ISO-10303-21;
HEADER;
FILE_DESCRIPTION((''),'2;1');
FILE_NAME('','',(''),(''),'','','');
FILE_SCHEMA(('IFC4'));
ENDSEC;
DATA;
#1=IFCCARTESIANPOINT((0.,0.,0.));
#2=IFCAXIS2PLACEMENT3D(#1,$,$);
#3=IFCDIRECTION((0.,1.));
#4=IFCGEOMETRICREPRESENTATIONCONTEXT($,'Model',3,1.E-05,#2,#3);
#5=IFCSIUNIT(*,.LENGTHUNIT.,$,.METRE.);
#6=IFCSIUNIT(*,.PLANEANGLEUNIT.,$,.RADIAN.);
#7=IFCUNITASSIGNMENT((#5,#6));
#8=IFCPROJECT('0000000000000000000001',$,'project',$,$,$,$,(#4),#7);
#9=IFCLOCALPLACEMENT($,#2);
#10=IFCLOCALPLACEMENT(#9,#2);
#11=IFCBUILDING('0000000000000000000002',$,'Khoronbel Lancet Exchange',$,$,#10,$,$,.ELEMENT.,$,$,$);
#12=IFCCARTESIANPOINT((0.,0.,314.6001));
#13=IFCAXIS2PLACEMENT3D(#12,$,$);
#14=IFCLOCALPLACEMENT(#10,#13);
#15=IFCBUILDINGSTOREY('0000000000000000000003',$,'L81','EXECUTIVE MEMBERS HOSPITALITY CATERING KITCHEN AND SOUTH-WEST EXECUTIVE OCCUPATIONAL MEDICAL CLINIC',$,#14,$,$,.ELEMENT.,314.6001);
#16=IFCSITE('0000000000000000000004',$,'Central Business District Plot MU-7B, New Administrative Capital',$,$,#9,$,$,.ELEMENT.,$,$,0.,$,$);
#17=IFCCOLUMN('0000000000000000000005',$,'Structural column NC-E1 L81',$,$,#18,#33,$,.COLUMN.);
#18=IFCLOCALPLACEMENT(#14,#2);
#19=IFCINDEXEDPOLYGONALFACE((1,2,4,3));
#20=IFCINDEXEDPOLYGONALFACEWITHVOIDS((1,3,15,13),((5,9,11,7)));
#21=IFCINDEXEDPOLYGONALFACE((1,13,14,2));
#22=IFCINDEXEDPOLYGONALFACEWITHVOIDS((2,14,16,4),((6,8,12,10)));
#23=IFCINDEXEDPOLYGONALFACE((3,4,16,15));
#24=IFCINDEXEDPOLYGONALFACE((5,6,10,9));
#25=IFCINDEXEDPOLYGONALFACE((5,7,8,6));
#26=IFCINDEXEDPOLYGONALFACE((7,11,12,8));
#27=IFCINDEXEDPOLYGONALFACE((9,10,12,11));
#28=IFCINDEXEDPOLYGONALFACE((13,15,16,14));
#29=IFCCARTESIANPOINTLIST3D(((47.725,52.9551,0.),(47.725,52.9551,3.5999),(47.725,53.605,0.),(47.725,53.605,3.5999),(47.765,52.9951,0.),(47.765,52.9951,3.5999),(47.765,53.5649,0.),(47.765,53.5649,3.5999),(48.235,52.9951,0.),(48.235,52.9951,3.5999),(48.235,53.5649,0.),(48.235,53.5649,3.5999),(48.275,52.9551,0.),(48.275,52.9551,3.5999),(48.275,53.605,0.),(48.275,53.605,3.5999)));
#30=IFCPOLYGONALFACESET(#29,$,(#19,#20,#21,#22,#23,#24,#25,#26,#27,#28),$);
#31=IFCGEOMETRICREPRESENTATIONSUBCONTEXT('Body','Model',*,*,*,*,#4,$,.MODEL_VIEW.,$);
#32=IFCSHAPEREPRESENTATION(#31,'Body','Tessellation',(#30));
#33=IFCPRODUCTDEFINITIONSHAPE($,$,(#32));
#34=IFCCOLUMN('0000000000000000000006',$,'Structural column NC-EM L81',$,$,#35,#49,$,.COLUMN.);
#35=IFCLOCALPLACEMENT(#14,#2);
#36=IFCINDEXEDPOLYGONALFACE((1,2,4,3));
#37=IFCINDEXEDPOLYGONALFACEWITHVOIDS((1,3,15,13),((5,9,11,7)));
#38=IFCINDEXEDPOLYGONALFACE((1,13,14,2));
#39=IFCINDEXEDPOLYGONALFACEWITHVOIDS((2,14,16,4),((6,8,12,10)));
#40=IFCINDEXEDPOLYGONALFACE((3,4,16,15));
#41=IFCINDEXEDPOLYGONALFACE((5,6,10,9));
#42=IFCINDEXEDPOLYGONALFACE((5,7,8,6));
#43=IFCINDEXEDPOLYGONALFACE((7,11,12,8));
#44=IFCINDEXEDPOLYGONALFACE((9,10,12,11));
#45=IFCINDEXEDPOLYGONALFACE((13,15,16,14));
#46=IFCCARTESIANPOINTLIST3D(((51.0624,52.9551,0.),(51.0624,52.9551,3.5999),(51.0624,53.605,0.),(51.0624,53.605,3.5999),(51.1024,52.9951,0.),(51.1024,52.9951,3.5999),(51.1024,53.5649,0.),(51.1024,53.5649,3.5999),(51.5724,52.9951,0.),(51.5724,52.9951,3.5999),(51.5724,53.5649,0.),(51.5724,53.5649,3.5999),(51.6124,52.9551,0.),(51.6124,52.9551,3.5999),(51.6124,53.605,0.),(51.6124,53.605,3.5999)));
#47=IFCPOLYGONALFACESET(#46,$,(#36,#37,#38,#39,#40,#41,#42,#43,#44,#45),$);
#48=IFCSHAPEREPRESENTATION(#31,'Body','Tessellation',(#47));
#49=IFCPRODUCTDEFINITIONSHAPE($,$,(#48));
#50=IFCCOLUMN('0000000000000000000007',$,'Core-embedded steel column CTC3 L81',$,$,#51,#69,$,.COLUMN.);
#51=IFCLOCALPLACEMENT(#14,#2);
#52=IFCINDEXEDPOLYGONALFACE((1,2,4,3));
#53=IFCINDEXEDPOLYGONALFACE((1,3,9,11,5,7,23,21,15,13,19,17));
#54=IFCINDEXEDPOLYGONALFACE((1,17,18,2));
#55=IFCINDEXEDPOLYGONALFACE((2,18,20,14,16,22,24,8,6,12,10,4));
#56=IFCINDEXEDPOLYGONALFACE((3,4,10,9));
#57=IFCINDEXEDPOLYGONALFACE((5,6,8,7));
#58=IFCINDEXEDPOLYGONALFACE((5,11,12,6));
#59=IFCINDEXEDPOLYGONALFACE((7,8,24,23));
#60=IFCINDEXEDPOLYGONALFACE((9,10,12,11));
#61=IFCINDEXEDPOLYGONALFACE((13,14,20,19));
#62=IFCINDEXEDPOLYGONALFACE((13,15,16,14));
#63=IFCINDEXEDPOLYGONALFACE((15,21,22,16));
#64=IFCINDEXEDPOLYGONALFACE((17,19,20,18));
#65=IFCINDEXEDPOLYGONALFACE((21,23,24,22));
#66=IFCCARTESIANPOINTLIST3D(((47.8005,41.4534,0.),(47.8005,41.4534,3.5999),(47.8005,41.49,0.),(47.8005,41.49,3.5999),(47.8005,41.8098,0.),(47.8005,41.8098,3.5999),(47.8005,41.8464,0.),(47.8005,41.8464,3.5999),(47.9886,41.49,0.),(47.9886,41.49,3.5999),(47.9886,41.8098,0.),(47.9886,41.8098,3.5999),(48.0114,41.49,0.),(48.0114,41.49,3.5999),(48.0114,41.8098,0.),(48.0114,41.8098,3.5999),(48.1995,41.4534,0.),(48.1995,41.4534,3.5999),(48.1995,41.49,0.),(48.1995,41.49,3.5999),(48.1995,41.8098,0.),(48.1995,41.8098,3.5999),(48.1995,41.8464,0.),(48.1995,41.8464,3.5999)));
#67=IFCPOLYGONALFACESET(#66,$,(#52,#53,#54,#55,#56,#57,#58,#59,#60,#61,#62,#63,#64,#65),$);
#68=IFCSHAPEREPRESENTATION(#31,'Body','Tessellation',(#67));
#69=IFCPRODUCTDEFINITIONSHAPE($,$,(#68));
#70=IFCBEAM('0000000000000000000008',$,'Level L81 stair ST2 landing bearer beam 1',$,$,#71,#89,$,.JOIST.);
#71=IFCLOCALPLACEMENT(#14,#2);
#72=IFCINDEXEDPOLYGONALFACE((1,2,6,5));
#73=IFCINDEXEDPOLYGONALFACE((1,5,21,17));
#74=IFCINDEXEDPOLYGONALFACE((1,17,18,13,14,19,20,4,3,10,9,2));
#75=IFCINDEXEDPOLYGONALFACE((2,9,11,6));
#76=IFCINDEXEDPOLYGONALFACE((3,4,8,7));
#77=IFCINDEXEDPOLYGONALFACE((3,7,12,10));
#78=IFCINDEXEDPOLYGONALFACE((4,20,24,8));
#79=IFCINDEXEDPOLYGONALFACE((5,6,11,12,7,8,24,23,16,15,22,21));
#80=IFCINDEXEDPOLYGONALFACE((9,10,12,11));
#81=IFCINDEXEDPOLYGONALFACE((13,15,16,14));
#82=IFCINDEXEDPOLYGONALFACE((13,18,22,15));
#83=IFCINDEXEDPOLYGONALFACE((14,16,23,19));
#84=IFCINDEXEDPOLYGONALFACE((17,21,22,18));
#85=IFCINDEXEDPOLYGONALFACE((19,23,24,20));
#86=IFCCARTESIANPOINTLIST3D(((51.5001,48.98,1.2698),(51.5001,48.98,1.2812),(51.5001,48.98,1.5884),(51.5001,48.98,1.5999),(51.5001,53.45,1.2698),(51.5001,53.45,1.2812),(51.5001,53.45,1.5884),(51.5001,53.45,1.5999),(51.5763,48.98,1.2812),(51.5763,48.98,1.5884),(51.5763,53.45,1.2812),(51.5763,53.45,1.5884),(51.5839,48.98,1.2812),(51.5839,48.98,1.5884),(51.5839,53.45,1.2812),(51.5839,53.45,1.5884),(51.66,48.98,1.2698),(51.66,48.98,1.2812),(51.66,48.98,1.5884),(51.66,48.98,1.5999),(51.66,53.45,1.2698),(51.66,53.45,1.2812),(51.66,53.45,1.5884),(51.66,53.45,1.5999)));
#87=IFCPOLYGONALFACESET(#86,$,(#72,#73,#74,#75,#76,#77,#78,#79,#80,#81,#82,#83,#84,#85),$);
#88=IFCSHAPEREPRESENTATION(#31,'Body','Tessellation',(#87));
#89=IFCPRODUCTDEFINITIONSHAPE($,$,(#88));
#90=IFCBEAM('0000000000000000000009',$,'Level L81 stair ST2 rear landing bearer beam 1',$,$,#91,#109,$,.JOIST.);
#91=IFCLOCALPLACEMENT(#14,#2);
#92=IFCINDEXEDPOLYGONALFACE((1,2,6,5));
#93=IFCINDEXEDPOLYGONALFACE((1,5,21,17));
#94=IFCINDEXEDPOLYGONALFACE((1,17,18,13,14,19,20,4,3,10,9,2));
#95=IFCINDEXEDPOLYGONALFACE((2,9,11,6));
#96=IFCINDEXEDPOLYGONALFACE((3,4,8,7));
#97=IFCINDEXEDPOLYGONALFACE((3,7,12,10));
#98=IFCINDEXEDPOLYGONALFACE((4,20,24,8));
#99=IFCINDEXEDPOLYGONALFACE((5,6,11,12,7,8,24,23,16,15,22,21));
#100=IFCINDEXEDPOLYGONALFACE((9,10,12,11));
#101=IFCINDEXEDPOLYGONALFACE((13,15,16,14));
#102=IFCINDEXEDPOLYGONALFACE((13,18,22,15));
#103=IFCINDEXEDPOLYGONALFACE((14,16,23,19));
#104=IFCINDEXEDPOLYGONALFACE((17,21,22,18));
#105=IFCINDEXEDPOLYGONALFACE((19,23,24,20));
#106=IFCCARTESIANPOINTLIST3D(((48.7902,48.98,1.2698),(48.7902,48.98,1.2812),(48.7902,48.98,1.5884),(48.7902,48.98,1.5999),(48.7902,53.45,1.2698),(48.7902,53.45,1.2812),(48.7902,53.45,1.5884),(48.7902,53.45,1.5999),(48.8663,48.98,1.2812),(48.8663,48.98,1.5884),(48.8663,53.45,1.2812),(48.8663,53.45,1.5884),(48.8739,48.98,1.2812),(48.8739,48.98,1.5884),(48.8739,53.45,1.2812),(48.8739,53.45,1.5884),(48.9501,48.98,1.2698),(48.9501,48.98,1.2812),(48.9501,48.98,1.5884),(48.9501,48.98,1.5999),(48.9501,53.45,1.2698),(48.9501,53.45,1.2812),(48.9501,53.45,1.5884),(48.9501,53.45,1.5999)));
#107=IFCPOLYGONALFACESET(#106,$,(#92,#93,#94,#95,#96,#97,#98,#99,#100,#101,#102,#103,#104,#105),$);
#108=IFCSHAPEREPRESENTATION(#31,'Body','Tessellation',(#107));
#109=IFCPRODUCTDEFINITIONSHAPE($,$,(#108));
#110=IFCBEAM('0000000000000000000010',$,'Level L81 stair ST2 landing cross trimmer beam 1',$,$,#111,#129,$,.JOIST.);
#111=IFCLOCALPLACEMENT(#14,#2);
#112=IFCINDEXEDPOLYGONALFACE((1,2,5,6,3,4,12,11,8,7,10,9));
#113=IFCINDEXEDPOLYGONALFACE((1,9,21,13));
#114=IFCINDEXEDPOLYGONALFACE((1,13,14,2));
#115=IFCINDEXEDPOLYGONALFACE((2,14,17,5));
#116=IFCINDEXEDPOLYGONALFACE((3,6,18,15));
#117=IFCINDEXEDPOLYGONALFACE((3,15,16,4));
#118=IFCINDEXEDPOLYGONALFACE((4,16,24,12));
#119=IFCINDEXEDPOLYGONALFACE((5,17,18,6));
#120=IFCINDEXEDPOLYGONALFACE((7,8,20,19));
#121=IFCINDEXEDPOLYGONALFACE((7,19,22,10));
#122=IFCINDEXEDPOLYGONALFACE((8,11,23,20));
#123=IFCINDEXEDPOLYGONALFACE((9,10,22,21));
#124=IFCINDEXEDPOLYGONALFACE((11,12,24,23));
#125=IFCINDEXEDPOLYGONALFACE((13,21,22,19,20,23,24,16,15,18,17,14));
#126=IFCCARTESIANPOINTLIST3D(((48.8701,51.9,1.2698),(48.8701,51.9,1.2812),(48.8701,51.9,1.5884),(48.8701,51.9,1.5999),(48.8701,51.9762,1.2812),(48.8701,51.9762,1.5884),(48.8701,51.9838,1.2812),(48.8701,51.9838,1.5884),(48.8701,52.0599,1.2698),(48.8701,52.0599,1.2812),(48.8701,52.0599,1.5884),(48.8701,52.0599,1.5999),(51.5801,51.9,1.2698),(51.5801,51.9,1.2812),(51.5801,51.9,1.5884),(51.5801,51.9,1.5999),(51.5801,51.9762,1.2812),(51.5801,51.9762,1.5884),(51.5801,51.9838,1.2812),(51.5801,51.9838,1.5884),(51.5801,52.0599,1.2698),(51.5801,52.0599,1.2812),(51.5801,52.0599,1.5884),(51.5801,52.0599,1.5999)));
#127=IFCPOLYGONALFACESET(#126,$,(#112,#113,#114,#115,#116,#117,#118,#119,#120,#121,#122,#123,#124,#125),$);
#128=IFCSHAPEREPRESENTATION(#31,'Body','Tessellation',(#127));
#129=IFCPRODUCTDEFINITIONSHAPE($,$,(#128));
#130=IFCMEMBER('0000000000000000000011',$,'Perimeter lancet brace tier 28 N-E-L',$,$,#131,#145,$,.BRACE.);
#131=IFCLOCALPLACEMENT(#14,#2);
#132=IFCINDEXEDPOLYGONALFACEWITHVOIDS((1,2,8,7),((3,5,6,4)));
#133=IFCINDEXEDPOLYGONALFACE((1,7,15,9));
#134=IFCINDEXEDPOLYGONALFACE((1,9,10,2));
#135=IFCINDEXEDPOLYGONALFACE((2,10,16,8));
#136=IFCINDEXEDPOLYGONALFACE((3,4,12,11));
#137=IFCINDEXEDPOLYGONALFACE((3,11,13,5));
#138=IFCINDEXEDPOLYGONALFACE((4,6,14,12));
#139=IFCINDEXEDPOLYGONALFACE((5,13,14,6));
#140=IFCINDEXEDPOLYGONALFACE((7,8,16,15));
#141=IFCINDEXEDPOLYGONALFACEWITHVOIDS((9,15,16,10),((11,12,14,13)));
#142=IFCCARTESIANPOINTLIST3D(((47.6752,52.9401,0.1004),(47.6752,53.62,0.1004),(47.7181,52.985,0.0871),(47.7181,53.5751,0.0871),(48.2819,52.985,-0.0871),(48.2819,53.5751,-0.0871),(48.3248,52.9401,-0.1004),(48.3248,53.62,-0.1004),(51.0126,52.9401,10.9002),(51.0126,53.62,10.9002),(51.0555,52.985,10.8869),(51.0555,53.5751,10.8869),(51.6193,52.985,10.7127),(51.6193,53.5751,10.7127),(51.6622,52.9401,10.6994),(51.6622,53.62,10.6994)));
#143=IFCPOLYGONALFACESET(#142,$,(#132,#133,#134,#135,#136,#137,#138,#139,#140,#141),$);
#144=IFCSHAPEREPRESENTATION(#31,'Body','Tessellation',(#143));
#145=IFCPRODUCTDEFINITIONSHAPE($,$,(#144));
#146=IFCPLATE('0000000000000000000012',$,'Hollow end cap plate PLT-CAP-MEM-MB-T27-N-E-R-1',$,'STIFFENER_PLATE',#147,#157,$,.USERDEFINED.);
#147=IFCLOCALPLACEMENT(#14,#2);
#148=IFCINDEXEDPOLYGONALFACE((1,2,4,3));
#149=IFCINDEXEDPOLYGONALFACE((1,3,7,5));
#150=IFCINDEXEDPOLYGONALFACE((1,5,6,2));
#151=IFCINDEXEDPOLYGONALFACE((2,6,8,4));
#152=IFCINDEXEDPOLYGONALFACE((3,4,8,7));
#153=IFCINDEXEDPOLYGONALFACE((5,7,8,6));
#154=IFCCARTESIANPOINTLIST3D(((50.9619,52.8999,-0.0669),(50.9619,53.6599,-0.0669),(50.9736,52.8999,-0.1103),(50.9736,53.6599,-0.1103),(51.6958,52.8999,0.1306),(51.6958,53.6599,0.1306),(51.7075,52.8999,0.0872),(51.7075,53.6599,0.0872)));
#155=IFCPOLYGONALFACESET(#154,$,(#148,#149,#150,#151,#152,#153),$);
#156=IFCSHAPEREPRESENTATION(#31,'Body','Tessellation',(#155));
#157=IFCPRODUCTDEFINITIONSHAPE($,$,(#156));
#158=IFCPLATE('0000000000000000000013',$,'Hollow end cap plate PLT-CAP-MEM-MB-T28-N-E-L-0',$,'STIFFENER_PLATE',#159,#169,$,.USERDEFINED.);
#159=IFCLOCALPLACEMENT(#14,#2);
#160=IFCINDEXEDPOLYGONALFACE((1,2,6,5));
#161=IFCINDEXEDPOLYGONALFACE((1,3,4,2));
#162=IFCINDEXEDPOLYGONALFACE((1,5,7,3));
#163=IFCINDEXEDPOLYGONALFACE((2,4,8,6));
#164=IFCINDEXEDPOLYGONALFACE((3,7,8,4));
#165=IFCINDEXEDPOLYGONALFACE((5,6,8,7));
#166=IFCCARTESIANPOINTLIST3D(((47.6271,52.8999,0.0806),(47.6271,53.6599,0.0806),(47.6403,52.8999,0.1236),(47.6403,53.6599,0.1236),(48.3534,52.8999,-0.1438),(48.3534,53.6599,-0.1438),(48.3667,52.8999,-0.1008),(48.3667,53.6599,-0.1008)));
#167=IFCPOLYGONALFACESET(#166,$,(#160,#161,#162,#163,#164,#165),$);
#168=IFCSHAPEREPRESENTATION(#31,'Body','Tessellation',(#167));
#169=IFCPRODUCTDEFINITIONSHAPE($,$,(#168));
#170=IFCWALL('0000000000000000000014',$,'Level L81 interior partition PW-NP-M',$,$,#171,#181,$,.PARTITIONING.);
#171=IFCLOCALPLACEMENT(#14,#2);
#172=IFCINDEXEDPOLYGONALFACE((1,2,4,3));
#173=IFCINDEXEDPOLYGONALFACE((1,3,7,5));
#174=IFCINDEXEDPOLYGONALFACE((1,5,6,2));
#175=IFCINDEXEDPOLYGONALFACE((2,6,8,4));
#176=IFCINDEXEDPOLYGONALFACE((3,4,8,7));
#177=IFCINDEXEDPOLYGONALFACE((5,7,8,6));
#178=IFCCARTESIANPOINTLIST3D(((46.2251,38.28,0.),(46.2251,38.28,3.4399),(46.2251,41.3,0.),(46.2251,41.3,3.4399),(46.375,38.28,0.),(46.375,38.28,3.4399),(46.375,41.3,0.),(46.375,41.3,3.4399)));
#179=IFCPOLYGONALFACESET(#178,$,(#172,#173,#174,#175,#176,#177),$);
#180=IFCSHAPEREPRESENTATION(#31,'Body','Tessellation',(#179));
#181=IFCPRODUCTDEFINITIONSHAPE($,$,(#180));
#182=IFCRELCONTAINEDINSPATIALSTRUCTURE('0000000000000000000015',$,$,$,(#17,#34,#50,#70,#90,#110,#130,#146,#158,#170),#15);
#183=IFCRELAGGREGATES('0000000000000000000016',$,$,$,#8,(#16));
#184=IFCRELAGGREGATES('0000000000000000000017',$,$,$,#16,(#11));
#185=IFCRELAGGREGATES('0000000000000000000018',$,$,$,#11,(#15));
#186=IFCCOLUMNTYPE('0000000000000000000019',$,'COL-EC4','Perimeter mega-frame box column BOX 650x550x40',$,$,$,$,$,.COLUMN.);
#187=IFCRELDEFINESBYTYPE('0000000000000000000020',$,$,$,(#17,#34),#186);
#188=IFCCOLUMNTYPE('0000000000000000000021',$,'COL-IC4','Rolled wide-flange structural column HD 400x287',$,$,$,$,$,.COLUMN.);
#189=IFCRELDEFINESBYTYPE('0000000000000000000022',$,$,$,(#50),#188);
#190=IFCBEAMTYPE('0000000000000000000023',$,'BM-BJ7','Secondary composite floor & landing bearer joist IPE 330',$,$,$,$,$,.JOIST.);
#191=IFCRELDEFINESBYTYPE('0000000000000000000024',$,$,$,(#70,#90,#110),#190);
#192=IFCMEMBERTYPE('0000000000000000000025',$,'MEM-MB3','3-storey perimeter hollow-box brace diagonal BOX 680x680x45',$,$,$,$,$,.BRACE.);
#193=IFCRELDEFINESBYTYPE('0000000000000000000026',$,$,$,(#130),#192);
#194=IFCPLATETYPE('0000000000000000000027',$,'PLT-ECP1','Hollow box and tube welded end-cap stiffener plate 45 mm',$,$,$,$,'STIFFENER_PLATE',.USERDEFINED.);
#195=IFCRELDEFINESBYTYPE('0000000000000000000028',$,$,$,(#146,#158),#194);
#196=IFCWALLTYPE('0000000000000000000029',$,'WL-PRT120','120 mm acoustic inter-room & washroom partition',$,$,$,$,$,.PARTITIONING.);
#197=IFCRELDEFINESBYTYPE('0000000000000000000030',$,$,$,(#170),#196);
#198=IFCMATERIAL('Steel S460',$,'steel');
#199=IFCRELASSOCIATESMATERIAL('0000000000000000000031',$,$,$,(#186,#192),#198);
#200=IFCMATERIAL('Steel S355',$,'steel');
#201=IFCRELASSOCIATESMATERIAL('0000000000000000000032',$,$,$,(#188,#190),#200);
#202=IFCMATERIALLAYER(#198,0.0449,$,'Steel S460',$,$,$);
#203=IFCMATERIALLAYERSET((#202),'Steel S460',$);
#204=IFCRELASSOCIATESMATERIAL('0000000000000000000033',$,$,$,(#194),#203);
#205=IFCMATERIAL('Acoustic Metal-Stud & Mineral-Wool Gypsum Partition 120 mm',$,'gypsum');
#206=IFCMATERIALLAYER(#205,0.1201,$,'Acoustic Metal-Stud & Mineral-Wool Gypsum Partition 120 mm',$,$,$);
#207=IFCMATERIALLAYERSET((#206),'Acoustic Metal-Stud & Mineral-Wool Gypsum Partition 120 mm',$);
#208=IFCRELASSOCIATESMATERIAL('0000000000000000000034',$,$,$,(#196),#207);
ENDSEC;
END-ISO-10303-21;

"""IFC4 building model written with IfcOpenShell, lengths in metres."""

from ifc_helpers import new_model, si_unit, direction, frame, frame_2d, origin, origin_2d, place, context, subcontext, project, spatial, polyline, rectangle, hollow_rectangle, i_section, outline, extrude, material, layer, layer_set, material_profile, profile_set, type_object, element, save


model = new_model("IFC4")

# Units and contexts
model_context = context("Model", 3, precision=1e-05, world=origin(), true_north=direction((0.0, 1.0)))
body_context = subcontext(model_context, "Body", "Model", "MODEL_VIEW")
ifc_project = project(units=[si_unit("LENGTHUNIT", "METRE"), si_unit("PLANEANGLEUNIT", "RADIAN")], contexts=[model_context])

# Site, building, storey
site_placement = place(None, origin())
site = spatial("IfcSite", under=ifc_project, at=site_placement, Name="Central Business District Plot MU-7B, New Administrative Capital", CompositionType="ELEMENT", RefElevation=0.0)
building_placement = place(site_placement, origin())
building = spatial("IfcBuilding", under=site, at=building_placement, Name="Khoronbel Lancet Exchange", CompositionType="ELEMENT")
storey_placement = place(building_placement, frame((0.0, 0.0, 314.6001)))
storey = spatial("IfcBuildingStorey", under=building, at=storey_placement, Name="L81", Description="EXECUTIVE MEMBERS HOSPITALITY CATERING KITCHEN AND SOUTH-WEST EXECUTIVE OCCUPATIONAL MEDICAL CLINIC", CompositionType="ELEMENT", Elevation=314.6001)

# Columns
ifc_material_1 = material(Name="Steel S460", Category="steel")
ifc_material_profile_1 = material_profile(ifc_material_1, hollow_rectangle(XDim=0.55, YDim=0.6499, WallThickness=0.04, at=origin_2d()), Name="BOX 650x550x40")
ifc_profile_set_1 = profile_set([ifc_material_profile_1], Name="Steel S460")
column_type_1 = type_object("IfcColumnType", Name="COL-EC4", Description="Perimeter mega-frame box column BOX 650x550x40", PredefinedType="COLUMN", material=ifc_profile_set_1)
for number, where, z_axis, x_axis, name in (
    (1, (48.0, 53.28, 0.0), (0.0, 0.0, 1.0), (1.0, 0.0, 0.0), "Structural column NC-E1 L81"),
    (2, (51.3374, 53.28, 0.0), (0.0, 0.0, 1.0), (1.0, 0.0, 0.0), "Structural column NC-EM L81"),
):
    element("IfcColumn", number, at=place(storey_placement, frame(where, z_axis=z_axis, x_axis=x_axis)), inside=storey, type_object=column_type_1, Name=name, PredefinedType="COLUMN", context=body_context, shape_type="SweptSolid", body=[
        extrude(hollow_rectangle(XDim=0.55, YDim=0.6499, WallThickness=0.04, at=origin_2d()), origin(), (0.0, 0.0, 1.0), 3.5999),
    ])
ifc_material_2 = material(Name="Steel S355", Category="steel")
ifc_material_profile_2 = material_profile(ifc_material_2, i_section(OverallWidth=0.3989, OverallDepth=0.3931, WebThickness=0.0227, FlangeThickness=0.0366, at=origin_2d()), Name="HD 400x287")
ifc_profile_set_2 = profile_set([ifc_material_profile_2], Name="Steel S355")
column_type_2 = type_object("IfcColumnType", Name="COL-IC4", Description="Rolled wide-flange structural column HD 400x287", PredefinedType="COLUMN", material=ifc_profile_set_2)
column_placement = place(storey_placement, frame((48.0, 41.6499, 0.0), z_axis=(0.0, 0.0, 1.0), x_axis=(1.0, 0.0, 0.0)))
element("IfcColumn", 3, at=column_placement, inside=storey, type_object=column_type_2, Name="Core-embedded steel column CTC3 L81", PredefinedType="COLUMN", context=body_context, shape_type="SweptSolid", body=[
    extrude(i_section(OverallWidth=0.3989, OverallDepth=0.3931, WebThickness=0.0227, FlangeThickness=0.0366, at=origin_2d()), origin(), (0.0, 0.0, 1.0), 3.5999),
])

# Beams
ifc_material_profile_3 = material_profile(ifc_material_2, i_section(OverallWidth=0.1599, OverallDepth=0.3301, WebThickness=0.0076, FlangeThickness=0.0115, at=origin_2d()), Name="IPE 330")
ifc_profile_set_3 = profile_set([ifc_material_profile_3], Name="Steel S355")
beam_type = type_object("IfcBeamType", Name="BM-BJ7", Description="Secondary composite floor & landing bearer joist IPE 330", PredefinedType="JOIST", material=ifc_profile_set_3)
for number, where, z_axis, x_axis, name in (
    (4, (51.5801, 48.98, 1.4348), (0.0, 1.0, 0.0), (-1.0, 0.0, 0.0), "Level L81 stair ST2 landing bearer beam 1"),
    (5, (48.8701, 48.98, 1.4348), (0.0, 1.0, 0.0), (-1.0, 0.0, 0.0), "Level L81 stair ST2 rear landing bearer beam 1"),
):
    element("IfcBeam", number, at=place(storey_placement, frame(where, z_axis=z_axis, x_axis=x_axis)), inside=storey, type_object=beam_type, Name=name, PredefinedType="JOIST", context=body_context, shape_type="SweptSolid", body=[
        extrude(i_section(OverallWidth=0.1599, OverallDepth=0.3301, WebThickness=0.0076, FlangeThickness=0.0115, at=origin_2d()), origin(), (0.0, 0.0, 1.0), 4.47),
    ])
beam_placement = place(storey_placement, frame((48.8701, 51.98, 1.4348), z_axis=(1.0, 0.0, 0.0), x_axis=(0.0, 1.0, 0.0)))
element("IfcBeam", 6, at=beam_placement, inside=storey, type_object=beam_type, Name="Level L81 stair ST2 landing cross trimmer beam 1", PredefinedType="JOIST", context=body_context, shape_type="SweptSolid", body=[
    extrude(i_section(OverallWidth=0.1599, OverallDepth=0.3301, WebThickness=0.0076, FlangeThickness=0.0115, at=origin_2d()), origin(), (0.0, 0.0, 1.0), 2.71),
])

# Member
ifc_material_profile_4 = material_profile(ifc_material_1, hollow_rectangle(XDim=0.6799, YDim=0.6799, WallThickness=0.0449, at=origin_2d()), Name="BOX 680x680x45")
ifc_profile_set_4 = profile_set([ifc_material_profile_4], Name="Steel S460")
member_type = type_object("IfcMemberType", Name="MEM-MB3", Description="3-storey perimeter hollow-box brace diagonal BOX 680x680x45", PredefinedType="BRACE", material=ifc_profile_set_4)
member_placement = place(storey_placement, frame((48.0, 53.28, 0.0), z_axis=(0.295248, 0.0, 0.955421), x_axis=(0.0, 1.0, 0.0)))
element("IfcMember", 7, at=member_placement, inside=storey, type_object=member_type, Name="Perimeter lancet brace tier 28 N-E-L", PredefinedType="BRACE", context=body_context, shape_type="SweptSolid", body=[
    extrude(hollow_rectangle(XDim=0.6799, YDim=0.6799, WallThickness=0.0449, at=origin_2d()), origin(), (0.0, 0.0, 1.0), 11.3037),
])

# Plates
ifc_layer_1 = layer(ifc_material_1, 0.0449, Name="Steel S460")
ifc_layer_set_1 = layer_set([ifc_layer_1], Name="Steel S460")
plate_type = type_object("IfcPlateType", Name="PLT-ECP1", Description="Hollow box and tube welded end-cap stiffener plate 45 mm", ElementType="STIFFENER_PLATE", PredefinedType="USERDEFINED", material=ifc_layer_set_1)
plate_1_placement = place(storey_placement, frame((50.9619, 53.6599, -0.0669), z_axis=(-0.259881, 0.0, 0.965641), x_axis=(0.0, -1.0, 0.0)))
element("IfcPlate", 8, at=plate_1_placement, inside=storey, type_object=plate_type, Name="Hollow end cap plate PLT-CAP-MEM-MB-T27-N-E-R-1", ObjectType="STIFFENER_PLATE", PredefinedType="USERDEFINED", context=body_context, shape_type="SweptSolid", body=[
    extrude(outline(polyline([(0.0, 0.0), (0.76, 0.0), (0.76, 0.76), (0.0, 0.76), (0.0, 0.0)])), origin(), (0.0, 0.0, -1.0), 0.0449),
])
plate_2_placement = place(storey_placement, frame((48.3667, 52.8999, -0.1008), z_axis=(0.295146, 0.0, 0.955452), x_axis=(0.0, 1.0, 0.0)))
element("IfcPlate", 9, at=plate_2_placement, inside=storey, type_object=plate_type, Name="Hollow end cap plate PLT-CAP-MEM-MB-T28-N-E-L-0", ObjectType="STIFFENER_PLATE", PredefinedType="USERDEFINED", context=body_context, shape_type="SweptSolid", body=[
    extrude(outline(polyline([(0.0, 0.0), (0.76, 0.0), (0.76, 0.7603), (0.0, 0.7603), (0.0, 0.0)])), origin(), (0.0, 0.0, -1.0), 0.0449),
])

# Wall
ifc_material_3 = material(Name="Acoustic Metal-Stud & Mineral-Wool Gypsum Partition 120 mm", Category="gypsum")
ifc_layer_2 = layer(ifc_material_3, 0.1201, Name="Acoustic Metal-Stud & Mineral-Wool Gypsum Partition 120 mm")
ifc_layer_set_2 = layer_set([ifc_layer_2], Name="Acoustic Metal-Stud & Mineral-Wool Gypsum Partition 120 mm")
wall_type_1 = type_object("IfcWallType", Name="WL-PRT120", Description="120 mm acoustic inter-room & washroom partition", PredefinedType="PARTITIONING", material=ifc_layer_set_2)
wall_1_placement = place(storey_placement, frame((46.3, 38.28, 0.0), z_axis=(0.0, 0.0, 1.0), x_axis=(0.0, 1.0, 0.0)))
element("IfcWall", 10, at=wall_1_placement, inside=storey, type_object=wall_type_1, Name="Level L81 interior partition PW-NP-M", PredefinedType="PARTITIONING", context=body_context, shape_type="SweptSolid", body=[
    extrude(rectangle(XDim=3.02, YDim=0.1499, at=frame_2d((1.51, 0.0))), origin(), (0.0, 0.0, 1.0), 3.4399),
])

save(model, "model.ifc")
